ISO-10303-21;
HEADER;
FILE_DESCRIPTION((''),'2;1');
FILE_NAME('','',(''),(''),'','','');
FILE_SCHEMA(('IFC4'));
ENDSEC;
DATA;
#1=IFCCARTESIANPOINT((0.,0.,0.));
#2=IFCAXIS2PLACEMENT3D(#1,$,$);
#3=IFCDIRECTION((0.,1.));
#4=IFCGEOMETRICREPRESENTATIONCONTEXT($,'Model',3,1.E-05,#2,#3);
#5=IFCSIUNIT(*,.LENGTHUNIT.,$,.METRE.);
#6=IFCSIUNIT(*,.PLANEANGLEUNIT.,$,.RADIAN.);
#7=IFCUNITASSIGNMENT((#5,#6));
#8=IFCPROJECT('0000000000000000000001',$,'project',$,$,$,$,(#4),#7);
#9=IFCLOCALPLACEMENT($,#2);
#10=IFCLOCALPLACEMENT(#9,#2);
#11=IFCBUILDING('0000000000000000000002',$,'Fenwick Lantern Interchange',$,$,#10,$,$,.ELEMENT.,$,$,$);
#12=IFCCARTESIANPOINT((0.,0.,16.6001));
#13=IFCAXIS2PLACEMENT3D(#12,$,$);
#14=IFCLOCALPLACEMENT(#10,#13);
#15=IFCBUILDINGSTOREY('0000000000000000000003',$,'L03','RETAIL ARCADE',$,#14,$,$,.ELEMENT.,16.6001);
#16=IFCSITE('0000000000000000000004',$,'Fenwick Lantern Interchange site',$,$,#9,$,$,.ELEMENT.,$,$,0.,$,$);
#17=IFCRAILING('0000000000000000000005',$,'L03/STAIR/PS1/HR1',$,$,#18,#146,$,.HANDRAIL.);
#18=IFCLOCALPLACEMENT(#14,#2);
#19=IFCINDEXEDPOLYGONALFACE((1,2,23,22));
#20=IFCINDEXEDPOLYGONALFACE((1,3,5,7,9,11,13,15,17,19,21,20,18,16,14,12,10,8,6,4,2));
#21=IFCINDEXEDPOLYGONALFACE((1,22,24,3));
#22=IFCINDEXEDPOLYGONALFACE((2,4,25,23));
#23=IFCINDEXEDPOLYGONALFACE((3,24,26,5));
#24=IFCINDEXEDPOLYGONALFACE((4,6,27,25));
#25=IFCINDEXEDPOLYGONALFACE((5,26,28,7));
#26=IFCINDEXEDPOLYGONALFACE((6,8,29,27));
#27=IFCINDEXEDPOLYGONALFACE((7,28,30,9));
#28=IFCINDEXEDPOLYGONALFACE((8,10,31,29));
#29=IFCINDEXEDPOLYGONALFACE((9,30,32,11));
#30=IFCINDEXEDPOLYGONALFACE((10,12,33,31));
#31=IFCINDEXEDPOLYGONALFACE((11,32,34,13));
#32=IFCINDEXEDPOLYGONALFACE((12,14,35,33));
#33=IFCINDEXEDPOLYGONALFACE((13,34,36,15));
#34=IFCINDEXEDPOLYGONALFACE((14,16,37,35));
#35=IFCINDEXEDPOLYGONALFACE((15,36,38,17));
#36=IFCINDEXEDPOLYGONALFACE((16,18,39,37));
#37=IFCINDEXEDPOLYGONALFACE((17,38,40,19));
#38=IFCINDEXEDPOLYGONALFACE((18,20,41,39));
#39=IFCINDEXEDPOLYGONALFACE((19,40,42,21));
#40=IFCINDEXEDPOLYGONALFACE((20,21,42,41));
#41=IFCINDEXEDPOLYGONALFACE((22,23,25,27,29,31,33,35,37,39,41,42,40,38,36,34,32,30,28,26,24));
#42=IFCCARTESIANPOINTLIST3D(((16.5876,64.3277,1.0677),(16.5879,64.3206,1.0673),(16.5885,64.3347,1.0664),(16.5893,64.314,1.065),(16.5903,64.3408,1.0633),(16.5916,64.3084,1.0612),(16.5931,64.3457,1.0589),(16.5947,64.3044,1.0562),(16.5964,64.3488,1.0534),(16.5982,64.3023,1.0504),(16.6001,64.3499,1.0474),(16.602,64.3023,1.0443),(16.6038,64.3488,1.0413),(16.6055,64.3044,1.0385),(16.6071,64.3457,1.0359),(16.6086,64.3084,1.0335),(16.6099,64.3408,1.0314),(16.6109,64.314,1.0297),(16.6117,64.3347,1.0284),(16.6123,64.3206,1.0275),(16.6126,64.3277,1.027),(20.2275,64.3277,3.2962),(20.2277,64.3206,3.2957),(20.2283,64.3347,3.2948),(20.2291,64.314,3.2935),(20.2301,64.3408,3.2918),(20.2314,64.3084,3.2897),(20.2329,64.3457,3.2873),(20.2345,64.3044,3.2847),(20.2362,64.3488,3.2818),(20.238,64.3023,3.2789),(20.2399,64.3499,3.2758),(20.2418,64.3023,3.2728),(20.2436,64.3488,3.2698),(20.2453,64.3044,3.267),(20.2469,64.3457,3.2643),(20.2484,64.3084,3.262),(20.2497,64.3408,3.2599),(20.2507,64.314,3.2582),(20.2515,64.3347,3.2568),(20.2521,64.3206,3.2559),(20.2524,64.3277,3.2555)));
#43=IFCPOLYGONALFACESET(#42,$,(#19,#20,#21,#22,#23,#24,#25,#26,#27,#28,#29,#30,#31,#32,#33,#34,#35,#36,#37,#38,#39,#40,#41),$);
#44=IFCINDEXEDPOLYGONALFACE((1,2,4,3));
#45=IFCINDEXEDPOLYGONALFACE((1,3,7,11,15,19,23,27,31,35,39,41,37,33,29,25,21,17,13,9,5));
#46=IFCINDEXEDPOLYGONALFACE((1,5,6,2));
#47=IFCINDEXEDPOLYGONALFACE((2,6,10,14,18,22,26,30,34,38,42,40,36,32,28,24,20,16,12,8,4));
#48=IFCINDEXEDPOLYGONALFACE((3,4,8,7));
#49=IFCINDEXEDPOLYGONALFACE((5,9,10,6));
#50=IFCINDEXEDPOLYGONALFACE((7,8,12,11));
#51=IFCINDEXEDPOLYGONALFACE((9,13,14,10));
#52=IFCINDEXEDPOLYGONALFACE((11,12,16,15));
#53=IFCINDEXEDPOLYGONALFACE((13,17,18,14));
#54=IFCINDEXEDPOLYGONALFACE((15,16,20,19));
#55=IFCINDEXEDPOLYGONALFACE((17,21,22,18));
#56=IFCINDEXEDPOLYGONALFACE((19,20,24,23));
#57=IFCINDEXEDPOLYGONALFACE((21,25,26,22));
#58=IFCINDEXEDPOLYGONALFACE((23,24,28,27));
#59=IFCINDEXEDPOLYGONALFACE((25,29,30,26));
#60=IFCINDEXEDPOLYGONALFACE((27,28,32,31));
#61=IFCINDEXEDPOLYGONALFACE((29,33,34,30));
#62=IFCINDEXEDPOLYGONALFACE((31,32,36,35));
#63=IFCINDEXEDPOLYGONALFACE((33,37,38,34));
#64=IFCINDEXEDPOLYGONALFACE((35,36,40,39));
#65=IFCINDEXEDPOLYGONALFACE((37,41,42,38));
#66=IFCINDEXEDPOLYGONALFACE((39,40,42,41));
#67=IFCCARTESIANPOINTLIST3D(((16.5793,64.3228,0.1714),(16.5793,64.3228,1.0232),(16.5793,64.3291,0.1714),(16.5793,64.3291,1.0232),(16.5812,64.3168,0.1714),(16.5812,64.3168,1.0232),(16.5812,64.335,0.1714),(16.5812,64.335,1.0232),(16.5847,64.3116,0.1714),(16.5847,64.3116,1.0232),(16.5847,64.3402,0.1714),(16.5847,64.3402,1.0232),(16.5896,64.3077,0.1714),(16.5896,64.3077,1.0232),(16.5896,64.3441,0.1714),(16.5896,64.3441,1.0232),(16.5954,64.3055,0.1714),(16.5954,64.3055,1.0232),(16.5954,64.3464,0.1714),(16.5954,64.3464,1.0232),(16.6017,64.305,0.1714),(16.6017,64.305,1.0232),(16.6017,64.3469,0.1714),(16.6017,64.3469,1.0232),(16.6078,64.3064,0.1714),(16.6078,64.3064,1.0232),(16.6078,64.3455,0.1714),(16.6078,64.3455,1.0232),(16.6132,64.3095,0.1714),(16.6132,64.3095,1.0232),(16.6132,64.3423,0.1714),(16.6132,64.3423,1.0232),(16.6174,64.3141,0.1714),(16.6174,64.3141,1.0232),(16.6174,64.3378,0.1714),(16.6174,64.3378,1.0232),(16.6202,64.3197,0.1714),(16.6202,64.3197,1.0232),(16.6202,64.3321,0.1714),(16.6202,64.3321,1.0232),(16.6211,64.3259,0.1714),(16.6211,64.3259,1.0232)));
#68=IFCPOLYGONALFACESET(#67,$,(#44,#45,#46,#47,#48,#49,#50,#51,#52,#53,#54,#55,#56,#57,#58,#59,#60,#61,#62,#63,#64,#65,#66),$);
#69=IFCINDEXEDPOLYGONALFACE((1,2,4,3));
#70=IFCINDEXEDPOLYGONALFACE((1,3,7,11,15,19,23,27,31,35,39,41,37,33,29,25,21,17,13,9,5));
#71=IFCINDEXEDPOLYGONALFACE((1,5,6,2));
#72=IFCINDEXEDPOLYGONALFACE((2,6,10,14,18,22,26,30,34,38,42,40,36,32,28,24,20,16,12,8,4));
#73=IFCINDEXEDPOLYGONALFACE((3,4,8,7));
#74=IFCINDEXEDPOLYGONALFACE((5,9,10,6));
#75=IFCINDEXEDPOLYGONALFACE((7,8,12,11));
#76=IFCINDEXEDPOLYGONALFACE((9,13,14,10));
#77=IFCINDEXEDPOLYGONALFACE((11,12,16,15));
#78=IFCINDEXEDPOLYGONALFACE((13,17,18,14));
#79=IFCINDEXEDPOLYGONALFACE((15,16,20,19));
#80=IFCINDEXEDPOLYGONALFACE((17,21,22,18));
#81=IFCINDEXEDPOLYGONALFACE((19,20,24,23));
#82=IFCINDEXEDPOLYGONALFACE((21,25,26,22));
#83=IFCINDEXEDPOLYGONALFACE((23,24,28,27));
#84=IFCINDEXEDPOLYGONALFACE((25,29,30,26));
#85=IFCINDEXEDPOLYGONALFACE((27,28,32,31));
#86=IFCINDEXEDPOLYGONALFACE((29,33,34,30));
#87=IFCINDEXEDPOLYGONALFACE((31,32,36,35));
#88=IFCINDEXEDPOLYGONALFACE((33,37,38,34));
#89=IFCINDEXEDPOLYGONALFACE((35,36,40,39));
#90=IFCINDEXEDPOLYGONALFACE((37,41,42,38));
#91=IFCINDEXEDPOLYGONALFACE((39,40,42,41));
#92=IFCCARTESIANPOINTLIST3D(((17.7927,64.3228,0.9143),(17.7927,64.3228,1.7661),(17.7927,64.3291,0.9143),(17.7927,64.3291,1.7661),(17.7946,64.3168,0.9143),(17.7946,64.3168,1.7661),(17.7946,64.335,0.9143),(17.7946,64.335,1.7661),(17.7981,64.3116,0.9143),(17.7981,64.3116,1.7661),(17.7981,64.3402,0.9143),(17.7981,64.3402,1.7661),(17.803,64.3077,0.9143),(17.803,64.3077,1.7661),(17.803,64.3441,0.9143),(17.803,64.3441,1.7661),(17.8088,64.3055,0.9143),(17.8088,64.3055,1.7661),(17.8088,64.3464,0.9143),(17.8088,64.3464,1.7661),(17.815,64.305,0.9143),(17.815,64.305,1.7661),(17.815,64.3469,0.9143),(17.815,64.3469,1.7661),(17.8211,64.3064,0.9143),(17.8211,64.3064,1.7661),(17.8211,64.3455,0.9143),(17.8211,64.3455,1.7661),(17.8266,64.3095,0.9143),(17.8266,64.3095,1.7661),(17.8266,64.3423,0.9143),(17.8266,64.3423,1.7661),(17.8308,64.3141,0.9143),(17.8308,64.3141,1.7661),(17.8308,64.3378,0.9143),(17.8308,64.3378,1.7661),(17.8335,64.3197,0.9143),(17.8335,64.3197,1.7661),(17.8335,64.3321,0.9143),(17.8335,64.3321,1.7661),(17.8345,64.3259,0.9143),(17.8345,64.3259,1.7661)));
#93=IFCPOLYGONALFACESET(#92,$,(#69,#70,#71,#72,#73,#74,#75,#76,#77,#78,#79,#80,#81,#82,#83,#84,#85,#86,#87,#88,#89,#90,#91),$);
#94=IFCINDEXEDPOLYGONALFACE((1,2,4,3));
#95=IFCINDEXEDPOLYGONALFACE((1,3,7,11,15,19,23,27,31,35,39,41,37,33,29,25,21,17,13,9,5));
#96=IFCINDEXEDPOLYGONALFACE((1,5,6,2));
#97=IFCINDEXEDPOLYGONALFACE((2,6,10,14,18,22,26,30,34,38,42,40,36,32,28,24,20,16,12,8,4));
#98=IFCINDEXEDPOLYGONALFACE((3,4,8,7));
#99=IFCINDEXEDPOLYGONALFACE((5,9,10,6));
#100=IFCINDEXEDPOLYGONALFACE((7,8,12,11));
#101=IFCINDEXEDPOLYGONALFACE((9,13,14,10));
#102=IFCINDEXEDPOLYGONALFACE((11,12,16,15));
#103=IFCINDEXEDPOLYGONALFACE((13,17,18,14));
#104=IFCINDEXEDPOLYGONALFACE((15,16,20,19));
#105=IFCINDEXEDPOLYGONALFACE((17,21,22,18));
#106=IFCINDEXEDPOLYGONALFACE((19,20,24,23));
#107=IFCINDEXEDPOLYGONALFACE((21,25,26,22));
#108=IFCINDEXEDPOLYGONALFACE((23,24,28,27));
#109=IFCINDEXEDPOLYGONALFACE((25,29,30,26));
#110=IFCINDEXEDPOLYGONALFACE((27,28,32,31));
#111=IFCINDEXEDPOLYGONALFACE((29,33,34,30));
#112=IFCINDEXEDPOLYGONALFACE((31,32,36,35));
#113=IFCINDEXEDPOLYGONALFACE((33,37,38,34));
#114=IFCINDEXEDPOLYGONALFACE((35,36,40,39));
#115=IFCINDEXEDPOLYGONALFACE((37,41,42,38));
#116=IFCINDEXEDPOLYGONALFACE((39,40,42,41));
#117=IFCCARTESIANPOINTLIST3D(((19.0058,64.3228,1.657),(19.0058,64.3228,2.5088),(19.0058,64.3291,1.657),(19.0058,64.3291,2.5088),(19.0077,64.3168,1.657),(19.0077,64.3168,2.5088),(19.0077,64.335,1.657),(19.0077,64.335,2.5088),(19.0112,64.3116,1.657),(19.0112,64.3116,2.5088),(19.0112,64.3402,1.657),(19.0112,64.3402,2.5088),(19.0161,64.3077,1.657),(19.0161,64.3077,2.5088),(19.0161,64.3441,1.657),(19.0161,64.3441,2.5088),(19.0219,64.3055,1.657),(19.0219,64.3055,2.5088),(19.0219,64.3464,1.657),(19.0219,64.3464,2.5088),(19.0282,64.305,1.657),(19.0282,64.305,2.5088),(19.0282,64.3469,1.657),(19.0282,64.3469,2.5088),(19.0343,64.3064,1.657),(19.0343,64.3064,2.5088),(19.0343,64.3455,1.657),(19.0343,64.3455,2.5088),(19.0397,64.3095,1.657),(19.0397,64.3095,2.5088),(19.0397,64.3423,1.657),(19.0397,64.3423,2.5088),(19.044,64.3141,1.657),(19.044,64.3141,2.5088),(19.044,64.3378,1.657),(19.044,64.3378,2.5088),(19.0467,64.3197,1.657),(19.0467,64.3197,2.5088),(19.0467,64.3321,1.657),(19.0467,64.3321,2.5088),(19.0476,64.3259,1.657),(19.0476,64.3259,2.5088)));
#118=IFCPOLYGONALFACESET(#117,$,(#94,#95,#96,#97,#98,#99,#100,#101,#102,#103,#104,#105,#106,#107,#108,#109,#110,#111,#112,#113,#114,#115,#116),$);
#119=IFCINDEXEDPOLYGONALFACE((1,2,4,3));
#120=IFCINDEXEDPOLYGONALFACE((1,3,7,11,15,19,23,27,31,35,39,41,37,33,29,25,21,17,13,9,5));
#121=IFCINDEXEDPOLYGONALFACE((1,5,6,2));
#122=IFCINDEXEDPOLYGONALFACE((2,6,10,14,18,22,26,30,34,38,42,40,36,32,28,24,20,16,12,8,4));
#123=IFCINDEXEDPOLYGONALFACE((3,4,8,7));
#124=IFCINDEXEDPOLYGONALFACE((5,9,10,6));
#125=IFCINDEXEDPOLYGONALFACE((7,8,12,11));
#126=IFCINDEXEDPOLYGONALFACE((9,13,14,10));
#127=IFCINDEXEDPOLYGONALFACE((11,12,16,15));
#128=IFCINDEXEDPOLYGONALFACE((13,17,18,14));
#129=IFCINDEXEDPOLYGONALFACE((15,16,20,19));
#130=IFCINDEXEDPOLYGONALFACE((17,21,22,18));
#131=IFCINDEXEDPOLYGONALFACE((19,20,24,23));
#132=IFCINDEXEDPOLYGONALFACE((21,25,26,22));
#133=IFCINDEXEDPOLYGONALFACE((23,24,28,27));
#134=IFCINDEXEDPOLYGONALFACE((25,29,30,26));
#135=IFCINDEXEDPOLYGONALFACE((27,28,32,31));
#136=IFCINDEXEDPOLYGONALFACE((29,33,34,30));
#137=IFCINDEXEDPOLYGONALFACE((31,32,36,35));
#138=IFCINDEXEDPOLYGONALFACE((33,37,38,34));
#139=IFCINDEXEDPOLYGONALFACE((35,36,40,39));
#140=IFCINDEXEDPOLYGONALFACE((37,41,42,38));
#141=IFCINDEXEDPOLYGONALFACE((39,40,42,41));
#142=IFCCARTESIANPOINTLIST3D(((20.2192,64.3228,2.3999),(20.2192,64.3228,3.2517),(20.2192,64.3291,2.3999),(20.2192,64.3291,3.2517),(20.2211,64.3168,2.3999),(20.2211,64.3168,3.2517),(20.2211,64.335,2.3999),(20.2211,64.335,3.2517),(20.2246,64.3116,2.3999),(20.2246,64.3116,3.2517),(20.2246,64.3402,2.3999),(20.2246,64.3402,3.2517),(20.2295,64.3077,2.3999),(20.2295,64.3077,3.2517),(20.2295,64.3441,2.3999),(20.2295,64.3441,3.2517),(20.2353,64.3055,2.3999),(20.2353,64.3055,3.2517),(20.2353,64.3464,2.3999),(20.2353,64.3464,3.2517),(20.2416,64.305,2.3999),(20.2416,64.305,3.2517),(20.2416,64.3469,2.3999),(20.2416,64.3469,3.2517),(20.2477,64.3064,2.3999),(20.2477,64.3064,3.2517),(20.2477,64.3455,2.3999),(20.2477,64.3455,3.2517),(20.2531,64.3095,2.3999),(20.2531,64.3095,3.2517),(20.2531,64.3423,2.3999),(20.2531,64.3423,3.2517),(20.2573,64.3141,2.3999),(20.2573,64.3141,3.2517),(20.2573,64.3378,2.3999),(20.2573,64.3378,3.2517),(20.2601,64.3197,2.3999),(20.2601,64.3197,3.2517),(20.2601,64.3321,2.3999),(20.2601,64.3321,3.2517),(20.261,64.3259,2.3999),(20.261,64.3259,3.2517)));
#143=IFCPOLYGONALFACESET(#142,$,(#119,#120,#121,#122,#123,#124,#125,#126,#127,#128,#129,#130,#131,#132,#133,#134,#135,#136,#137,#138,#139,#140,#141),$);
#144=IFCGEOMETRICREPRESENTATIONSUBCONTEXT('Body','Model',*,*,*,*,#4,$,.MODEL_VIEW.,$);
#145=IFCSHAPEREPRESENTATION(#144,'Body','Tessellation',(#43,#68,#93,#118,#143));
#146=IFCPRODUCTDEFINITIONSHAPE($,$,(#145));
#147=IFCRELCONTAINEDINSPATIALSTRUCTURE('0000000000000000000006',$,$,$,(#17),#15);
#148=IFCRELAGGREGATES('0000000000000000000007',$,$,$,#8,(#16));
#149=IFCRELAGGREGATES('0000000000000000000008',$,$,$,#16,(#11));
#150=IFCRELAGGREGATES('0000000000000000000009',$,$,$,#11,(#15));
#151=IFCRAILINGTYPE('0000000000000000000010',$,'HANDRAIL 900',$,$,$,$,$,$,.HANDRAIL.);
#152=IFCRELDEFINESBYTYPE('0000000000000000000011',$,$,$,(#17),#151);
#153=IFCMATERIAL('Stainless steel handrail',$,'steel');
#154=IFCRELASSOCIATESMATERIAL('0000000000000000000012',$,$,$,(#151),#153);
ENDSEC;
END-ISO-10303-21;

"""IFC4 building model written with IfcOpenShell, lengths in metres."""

from ifc_helpers import new_model, si_unit, direction, frame, origin, origin_2d, place, context, subcontext, project, spatial, circle, extrude, material, type_object, element, save


model = new_model("IFC4")

# Units and contexts
model_context = context("Model", 3, precision=1e-05, world=origin(), true_north=direction((0.0, 1.0)))
body_context = subcontext(model_context, "Body", "Model", "MODEL_VIEW")
ifc_project = project(units=[si_unit("LENGTHUNIT", "METRE"), si_unit("PLANEANGLEUNIT", "RADIAN")], contexts=[model_context])

# Site, building, storey
site_placement = place(None, origin())
site = spatial("IfcSite", under=ifc_project, at=site_placement, Name="Fenwick Lantern Interchange site", CompositionType="ELEMENT", RefElevation=0.0)
building_placement = place(site_placement, origin())
building = spatial("IfcBuilding", under=site, at=building_placement, Name="Fenwick Lantern Interchange", CompositionType="ELEMENT")
storey_placement = place(building_placement, frame((0.0, 0.0, 16.6001)))
storey = spatial("IfcBuildingStorey", under=building, at=storey_placement, Name="L03", Description="RETAIL ARCADE", CompositionType="ELEMENT", Elevation=16.6001)

# Railing
ifc_material_1 = material(Name="Stainless steel handrail", Category="steel")
railing_type = type_object("IfcRailingType", Name="HANDRAIL 900", PredefinedType="HANDRAIL", material=ifc_material_1)
railing_1_placement = place(storey_placement, frame((16.6001, 64.3259, 0.1714)))
element("IfcRailing", 1, at=railing_1_placement, inside=storey, type_object=railing_type, Name="L03/STAIR/PS1/HR1", PredefinedType="HANDRAIL", context=body_context, shape_type="SweptSolid", body=[
    extrude(circle(Radius=0.0239, at=origin_2d()), frame((0.0, 0.0, 0.876), z_axis=(0.85285, 0.0, 0.522156), x_axis=(0.0, 1.0, 0.0)), (0.0, 0.0, 1.0), 4.2678),
    extrude(circle(Radius=0.021, at=origin_2d()), origin(), (0.0, 0.0, 1.0), 0.8518),
    extrude(circle(Radius=0.021, at=origin_2d()), frame((1.2134, 0.0, 0.7429)), (0.0, 0.0, 1.0), 0.8518),
    extrude(circle(Radius=0.021, at=origin_2d()), frame((2.4265, 0.0, 1.4856)), (0.0, 0.0, 1.0), 0.8518),
    extrude(circle(Radius=0.021, at=origin_2d()), frame((3.6399, 0.0, 2.2285)), (0.0, 0.0, 1.0), 0.8518),
])

save(model, "model.ifc")
